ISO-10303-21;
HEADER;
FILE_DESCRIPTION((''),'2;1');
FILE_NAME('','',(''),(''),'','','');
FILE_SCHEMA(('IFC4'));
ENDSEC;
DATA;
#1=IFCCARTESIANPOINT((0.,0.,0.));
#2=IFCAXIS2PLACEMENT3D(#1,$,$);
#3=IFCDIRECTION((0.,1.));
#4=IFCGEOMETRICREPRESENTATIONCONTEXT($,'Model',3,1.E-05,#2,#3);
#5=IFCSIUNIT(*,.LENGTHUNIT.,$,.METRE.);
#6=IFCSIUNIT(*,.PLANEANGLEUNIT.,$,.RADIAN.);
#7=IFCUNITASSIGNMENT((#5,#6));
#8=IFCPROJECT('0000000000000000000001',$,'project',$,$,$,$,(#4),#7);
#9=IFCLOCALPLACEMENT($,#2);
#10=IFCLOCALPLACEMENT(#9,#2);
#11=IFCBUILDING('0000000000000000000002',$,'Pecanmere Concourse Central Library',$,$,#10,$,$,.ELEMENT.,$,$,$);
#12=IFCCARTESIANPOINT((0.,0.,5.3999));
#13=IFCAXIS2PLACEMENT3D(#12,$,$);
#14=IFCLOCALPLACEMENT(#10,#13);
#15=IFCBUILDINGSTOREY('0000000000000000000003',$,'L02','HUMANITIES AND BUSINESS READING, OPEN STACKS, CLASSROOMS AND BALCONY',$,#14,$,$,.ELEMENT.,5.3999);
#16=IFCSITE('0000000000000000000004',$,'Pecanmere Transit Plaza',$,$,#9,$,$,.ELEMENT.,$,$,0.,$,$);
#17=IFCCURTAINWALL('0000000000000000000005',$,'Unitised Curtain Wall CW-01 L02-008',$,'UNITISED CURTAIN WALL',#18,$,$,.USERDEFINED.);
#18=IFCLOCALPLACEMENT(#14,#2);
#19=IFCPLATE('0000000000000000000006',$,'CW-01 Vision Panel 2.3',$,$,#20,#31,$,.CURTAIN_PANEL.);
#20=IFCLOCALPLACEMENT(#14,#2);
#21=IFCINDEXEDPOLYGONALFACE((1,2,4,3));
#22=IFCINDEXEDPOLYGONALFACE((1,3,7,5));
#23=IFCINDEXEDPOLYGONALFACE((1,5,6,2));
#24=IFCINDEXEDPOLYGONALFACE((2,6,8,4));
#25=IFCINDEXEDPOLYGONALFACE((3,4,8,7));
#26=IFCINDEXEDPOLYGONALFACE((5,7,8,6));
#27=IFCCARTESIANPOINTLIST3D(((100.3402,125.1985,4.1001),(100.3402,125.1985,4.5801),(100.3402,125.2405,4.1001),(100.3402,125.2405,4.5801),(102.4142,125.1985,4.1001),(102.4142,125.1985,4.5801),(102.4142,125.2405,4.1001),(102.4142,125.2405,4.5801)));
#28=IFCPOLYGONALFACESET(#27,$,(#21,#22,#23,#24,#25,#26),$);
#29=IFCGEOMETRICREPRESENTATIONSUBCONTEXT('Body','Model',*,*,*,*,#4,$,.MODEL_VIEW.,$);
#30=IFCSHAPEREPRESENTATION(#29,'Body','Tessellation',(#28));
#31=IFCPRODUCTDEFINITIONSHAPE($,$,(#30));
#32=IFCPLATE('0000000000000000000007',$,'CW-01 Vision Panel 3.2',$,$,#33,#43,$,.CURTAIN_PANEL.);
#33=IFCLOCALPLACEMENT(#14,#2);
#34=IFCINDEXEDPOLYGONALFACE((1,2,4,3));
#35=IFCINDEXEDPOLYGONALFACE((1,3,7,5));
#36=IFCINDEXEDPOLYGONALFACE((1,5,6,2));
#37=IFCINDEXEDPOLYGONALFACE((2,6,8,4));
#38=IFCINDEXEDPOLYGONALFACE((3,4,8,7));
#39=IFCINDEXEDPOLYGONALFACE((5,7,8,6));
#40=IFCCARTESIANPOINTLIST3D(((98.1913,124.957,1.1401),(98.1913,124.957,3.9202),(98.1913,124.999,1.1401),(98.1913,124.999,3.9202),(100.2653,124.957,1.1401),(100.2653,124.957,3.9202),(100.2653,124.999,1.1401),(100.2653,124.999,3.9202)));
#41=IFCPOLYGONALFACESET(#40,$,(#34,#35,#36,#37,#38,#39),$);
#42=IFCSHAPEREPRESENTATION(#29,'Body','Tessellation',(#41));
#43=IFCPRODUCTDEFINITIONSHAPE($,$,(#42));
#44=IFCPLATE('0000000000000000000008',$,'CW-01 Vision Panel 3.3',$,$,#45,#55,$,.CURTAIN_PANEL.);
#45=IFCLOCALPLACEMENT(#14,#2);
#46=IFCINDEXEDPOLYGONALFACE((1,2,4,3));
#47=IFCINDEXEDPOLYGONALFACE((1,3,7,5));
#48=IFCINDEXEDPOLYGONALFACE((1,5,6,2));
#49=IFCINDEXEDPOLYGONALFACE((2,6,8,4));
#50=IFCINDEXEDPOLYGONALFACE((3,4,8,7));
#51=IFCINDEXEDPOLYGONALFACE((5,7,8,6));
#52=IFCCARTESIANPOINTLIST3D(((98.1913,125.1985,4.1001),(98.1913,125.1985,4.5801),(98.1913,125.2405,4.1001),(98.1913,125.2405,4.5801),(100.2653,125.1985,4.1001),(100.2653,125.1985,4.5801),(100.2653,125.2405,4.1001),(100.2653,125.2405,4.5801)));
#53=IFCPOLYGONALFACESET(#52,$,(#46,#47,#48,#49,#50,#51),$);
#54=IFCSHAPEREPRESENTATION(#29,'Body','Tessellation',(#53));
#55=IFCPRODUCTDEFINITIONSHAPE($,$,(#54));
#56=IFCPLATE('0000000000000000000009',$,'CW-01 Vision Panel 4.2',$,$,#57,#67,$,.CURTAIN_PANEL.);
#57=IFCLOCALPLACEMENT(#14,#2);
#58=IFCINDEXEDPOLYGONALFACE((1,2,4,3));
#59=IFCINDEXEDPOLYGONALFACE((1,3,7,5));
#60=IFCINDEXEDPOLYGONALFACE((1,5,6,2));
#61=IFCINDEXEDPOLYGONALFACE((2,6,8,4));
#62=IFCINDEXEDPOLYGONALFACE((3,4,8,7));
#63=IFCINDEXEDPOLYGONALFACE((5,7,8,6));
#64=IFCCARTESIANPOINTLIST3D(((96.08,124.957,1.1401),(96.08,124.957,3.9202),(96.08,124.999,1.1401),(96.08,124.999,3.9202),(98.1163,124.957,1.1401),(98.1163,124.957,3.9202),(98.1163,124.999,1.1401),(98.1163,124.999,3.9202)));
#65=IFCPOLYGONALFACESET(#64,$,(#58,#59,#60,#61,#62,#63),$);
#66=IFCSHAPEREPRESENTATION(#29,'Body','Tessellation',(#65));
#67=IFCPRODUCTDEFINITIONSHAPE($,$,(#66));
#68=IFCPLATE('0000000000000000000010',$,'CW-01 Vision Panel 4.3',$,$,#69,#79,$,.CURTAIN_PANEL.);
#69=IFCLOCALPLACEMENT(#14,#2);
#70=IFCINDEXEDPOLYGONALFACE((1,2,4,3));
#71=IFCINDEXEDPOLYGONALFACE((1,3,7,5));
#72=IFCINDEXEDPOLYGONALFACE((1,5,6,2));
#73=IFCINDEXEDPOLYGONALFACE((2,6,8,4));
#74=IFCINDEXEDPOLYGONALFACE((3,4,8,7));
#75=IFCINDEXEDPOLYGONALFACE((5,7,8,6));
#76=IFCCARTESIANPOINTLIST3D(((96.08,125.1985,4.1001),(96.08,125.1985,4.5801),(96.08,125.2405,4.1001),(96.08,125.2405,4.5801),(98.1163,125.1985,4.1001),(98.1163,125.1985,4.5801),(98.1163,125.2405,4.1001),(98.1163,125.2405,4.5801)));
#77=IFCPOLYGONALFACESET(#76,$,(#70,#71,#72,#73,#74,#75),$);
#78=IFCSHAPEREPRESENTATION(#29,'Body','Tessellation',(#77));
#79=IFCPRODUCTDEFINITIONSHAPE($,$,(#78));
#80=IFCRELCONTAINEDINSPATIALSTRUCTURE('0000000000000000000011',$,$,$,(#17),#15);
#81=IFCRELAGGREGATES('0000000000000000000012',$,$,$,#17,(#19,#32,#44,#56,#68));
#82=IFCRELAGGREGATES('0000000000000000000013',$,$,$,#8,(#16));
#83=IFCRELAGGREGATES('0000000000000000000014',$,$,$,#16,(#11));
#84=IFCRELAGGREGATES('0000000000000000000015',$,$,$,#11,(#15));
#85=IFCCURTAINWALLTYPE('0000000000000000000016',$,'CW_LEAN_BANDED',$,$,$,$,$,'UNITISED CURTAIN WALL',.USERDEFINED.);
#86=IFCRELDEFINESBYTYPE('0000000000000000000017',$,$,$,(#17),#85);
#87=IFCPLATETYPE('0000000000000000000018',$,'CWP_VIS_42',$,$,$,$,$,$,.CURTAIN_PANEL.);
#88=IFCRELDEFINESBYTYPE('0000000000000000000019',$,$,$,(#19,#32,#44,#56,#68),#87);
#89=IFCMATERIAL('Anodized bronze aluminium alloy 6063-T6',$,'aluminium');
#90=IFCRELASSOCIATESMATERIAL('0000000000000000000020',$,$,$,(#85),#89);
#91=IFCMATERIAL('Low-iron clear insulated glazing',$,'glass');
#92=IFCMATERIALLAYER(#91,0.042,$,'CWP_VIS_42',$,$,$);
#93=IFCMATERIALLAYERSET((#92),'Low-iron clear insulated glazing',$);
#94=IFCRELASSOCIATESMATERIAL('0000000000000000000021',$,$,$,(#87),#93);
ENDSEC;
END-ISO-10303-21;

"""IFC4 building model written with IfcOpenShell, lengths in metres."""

from ifc_helpers import new_model, si_unit, direction, frame, origin, origin_2d, place, context, subcontext, project, spatial, rectangle, extrude, material, layer, layer_set, type_object, element, aggregate, save


model = new_model("IFC4")

# Units and contexts
model_context = context("Model", 3, precision=1e-05, world=origin(), true_north=direction((0.0, 1.0)))
body_context = subcontext(model_context, "Body", "Model", "MODEL_VIEW")
ifc_project = project(units=[si_unit("LENGTHUNIT", "METRE"), si_unit("PLANEANGLEUNIT", "RADIAN")], contexts=[model_context])

# Site, building, storey
site_placement = place(None, origin())
site = spatial("IfcSite", under=ifc_project, at=site_placement, Name="Pecanmere Transit Plaza", CompositionType="ELEMENT", RefElevation=0.0)
building_placement = place(site_placement, origin())
building = spatial("IfcBuilding", under=site, at=building_placement, Name="Pecanmere Concourse Central Library", CompositionType="ELEMENT")
storey_placement = place(building_placement, frame((0.0, 0.0, 5.3999)))
storey = spatial("IfcBuildingStorey", under=building, at=storey_placement, Name="L02", Description="HUMANITIES AND BUSINESS READING, OPEN STACKS, CLASSROOMS AND BALCONY", CompositionType="ELEMENT", Elevation=5.3999)

# Curtain wall
ifc_material_1 = material(Name="Anodized bronze aluminium alloy 6063-T6", Category="aluminium")
curtain_wall_type = type_object("IfcCurtainWallType", Name="CW_LEAN_BANDED", ElementType="UNITISED CURTAIN WALL", PredefinedType="USERDEFINED", material=ifc_material_1)
curtain_wall_1_placement = place(storey_placement, origin())
curtain_wall_1 = element("IfcCurtainWall", 1, at=curtain_wall_1_placement, inside=storey, type_object=curtain_wall_type, Name="Unitised Curtain Wall CW-01 L02-008", ObjectType="UNITISED CURTAIN WALL", PredefinedType="USERDEFINED")

# Plates
ifc_material_2 = material(Name="Low-iron clear insulated glazing", Category="glass")
ifc_layer_1 = layer(ifc_material_2, 0.042, Name="CWP_VIS_42")
ifc_layer_set_1 = layer_set([ifc_layer_1], Name="Low-iron clear insulated glazing")
plate_type_1 = type_object("IfcPlateType", Name="CWP_VIS_42", PredefinedType="CURTAIN_PANEL", material=ifc_layer_set_1)
plate_1_placement = place(storey_placement, frame((101.3772, 125.2195, 4.1001), z_axis=(0.0, 0.0, 1.0), x_axis=(-1.0, 0.0, 0.0)))
plate_1 = element("IfcPlate", 2, at=plate_1_placement, type_object=plate_type_1, Name="CW-01 Vision Panel 2.3", PredefinedType="CURTAIN_PANEL", context=body_context, shape_type="SweptSolid", body=[
    extrude(rectangle(XDim=2.074, YDim=0.042, at=origin_2d()), origin(), (0.0, 0.0, 1.0), 0.48),
])
plate_2_placement = place(storey_placement, frame((99.2283, 124.978, 1.1401), z_axis=(0.0, 0.0, 1.0), x_axis=(-1.0, 0.0, 0.0)))
plate_2 = element("IfcPlate", 3, at=plate_2_placement, type_object=plate_type_1, Name="CW-01 Vision Panel 3.2", PredefinedType="CURTAIN_PANEL", context=body_context, shape_type="SweptSolid", body=[
    extrude(rectangle(XDim=2.074, YDim=0.042, at=origin_2d()), origin(), (0.0, 0.0, 1.0), 2.78),
])
plate_3_placement = place(storey_placement, frame((99.2283, 125.2195, 4.1001), z_axis=(0.0, 0.0, 1.0), x_axis=(-1.0, 0.0, 0.0)))
plate_3 = element("IfcPlate", 4, at=plate_3_placement, type_object=plate_type_1, Name="CW-01 Vision Panel 3.3", PredefinedType="CURTAIN_PANEL", context=body_context, shape_type="SweptSolid", body=[
    extrude(rectangle(XDim=2.074, YDim=0.042, at=origin_2d()), origin(), (0.0, 0.0, 1.0), 0.48),
])
plate_4_placement = place(storey_placement, frame((97.0981, 124.978, 1.1401), z_axis=(0.0, 0.0, 1.0), x_axis=(-1.0, 0.0, 0.0)))
plate_4 = element("IfcPlate", 5, at=plate_4_placement, type_object=plate_type_1, Name="CW-01 Vision Panel 4.2", PredefinedType="CURTAIN_PANEL", context=body_context, shape_type="SweptSolid", body=[
    extrude(rectangle(XDim=2.0364, YDim=0.042, at=origin_2d()), origin(), (0.0, 0.0, 1.0), 2.78),
])
plate_5_placement = place(storey_placement, frame((97.0981, 125.2195, 4.1001), z_axis=(0.0, 0.0, 1.0), x_axis=(-1.0, 0.0, 0.0)))
plate_5 = element("IfcPlate", 6, at=plate_5_placement, type_object=plate_type_1, Name="CW-01 Vision Panel 4.3", PredefinedType="CURTAIN_PANEL", context=body_context, shape_type="SweptSolid", body=[
    extrude(rectangle(XDim=2.0364, YDim=0.042, at=origin_2d()), origin(), (0.0, 0.0, 1.0), 0.48),
])
aggregate(curtain_wall_1, [plate_1, plate_2, plate_3, plate_4, plate_5])

save(model, "model.ifc")
